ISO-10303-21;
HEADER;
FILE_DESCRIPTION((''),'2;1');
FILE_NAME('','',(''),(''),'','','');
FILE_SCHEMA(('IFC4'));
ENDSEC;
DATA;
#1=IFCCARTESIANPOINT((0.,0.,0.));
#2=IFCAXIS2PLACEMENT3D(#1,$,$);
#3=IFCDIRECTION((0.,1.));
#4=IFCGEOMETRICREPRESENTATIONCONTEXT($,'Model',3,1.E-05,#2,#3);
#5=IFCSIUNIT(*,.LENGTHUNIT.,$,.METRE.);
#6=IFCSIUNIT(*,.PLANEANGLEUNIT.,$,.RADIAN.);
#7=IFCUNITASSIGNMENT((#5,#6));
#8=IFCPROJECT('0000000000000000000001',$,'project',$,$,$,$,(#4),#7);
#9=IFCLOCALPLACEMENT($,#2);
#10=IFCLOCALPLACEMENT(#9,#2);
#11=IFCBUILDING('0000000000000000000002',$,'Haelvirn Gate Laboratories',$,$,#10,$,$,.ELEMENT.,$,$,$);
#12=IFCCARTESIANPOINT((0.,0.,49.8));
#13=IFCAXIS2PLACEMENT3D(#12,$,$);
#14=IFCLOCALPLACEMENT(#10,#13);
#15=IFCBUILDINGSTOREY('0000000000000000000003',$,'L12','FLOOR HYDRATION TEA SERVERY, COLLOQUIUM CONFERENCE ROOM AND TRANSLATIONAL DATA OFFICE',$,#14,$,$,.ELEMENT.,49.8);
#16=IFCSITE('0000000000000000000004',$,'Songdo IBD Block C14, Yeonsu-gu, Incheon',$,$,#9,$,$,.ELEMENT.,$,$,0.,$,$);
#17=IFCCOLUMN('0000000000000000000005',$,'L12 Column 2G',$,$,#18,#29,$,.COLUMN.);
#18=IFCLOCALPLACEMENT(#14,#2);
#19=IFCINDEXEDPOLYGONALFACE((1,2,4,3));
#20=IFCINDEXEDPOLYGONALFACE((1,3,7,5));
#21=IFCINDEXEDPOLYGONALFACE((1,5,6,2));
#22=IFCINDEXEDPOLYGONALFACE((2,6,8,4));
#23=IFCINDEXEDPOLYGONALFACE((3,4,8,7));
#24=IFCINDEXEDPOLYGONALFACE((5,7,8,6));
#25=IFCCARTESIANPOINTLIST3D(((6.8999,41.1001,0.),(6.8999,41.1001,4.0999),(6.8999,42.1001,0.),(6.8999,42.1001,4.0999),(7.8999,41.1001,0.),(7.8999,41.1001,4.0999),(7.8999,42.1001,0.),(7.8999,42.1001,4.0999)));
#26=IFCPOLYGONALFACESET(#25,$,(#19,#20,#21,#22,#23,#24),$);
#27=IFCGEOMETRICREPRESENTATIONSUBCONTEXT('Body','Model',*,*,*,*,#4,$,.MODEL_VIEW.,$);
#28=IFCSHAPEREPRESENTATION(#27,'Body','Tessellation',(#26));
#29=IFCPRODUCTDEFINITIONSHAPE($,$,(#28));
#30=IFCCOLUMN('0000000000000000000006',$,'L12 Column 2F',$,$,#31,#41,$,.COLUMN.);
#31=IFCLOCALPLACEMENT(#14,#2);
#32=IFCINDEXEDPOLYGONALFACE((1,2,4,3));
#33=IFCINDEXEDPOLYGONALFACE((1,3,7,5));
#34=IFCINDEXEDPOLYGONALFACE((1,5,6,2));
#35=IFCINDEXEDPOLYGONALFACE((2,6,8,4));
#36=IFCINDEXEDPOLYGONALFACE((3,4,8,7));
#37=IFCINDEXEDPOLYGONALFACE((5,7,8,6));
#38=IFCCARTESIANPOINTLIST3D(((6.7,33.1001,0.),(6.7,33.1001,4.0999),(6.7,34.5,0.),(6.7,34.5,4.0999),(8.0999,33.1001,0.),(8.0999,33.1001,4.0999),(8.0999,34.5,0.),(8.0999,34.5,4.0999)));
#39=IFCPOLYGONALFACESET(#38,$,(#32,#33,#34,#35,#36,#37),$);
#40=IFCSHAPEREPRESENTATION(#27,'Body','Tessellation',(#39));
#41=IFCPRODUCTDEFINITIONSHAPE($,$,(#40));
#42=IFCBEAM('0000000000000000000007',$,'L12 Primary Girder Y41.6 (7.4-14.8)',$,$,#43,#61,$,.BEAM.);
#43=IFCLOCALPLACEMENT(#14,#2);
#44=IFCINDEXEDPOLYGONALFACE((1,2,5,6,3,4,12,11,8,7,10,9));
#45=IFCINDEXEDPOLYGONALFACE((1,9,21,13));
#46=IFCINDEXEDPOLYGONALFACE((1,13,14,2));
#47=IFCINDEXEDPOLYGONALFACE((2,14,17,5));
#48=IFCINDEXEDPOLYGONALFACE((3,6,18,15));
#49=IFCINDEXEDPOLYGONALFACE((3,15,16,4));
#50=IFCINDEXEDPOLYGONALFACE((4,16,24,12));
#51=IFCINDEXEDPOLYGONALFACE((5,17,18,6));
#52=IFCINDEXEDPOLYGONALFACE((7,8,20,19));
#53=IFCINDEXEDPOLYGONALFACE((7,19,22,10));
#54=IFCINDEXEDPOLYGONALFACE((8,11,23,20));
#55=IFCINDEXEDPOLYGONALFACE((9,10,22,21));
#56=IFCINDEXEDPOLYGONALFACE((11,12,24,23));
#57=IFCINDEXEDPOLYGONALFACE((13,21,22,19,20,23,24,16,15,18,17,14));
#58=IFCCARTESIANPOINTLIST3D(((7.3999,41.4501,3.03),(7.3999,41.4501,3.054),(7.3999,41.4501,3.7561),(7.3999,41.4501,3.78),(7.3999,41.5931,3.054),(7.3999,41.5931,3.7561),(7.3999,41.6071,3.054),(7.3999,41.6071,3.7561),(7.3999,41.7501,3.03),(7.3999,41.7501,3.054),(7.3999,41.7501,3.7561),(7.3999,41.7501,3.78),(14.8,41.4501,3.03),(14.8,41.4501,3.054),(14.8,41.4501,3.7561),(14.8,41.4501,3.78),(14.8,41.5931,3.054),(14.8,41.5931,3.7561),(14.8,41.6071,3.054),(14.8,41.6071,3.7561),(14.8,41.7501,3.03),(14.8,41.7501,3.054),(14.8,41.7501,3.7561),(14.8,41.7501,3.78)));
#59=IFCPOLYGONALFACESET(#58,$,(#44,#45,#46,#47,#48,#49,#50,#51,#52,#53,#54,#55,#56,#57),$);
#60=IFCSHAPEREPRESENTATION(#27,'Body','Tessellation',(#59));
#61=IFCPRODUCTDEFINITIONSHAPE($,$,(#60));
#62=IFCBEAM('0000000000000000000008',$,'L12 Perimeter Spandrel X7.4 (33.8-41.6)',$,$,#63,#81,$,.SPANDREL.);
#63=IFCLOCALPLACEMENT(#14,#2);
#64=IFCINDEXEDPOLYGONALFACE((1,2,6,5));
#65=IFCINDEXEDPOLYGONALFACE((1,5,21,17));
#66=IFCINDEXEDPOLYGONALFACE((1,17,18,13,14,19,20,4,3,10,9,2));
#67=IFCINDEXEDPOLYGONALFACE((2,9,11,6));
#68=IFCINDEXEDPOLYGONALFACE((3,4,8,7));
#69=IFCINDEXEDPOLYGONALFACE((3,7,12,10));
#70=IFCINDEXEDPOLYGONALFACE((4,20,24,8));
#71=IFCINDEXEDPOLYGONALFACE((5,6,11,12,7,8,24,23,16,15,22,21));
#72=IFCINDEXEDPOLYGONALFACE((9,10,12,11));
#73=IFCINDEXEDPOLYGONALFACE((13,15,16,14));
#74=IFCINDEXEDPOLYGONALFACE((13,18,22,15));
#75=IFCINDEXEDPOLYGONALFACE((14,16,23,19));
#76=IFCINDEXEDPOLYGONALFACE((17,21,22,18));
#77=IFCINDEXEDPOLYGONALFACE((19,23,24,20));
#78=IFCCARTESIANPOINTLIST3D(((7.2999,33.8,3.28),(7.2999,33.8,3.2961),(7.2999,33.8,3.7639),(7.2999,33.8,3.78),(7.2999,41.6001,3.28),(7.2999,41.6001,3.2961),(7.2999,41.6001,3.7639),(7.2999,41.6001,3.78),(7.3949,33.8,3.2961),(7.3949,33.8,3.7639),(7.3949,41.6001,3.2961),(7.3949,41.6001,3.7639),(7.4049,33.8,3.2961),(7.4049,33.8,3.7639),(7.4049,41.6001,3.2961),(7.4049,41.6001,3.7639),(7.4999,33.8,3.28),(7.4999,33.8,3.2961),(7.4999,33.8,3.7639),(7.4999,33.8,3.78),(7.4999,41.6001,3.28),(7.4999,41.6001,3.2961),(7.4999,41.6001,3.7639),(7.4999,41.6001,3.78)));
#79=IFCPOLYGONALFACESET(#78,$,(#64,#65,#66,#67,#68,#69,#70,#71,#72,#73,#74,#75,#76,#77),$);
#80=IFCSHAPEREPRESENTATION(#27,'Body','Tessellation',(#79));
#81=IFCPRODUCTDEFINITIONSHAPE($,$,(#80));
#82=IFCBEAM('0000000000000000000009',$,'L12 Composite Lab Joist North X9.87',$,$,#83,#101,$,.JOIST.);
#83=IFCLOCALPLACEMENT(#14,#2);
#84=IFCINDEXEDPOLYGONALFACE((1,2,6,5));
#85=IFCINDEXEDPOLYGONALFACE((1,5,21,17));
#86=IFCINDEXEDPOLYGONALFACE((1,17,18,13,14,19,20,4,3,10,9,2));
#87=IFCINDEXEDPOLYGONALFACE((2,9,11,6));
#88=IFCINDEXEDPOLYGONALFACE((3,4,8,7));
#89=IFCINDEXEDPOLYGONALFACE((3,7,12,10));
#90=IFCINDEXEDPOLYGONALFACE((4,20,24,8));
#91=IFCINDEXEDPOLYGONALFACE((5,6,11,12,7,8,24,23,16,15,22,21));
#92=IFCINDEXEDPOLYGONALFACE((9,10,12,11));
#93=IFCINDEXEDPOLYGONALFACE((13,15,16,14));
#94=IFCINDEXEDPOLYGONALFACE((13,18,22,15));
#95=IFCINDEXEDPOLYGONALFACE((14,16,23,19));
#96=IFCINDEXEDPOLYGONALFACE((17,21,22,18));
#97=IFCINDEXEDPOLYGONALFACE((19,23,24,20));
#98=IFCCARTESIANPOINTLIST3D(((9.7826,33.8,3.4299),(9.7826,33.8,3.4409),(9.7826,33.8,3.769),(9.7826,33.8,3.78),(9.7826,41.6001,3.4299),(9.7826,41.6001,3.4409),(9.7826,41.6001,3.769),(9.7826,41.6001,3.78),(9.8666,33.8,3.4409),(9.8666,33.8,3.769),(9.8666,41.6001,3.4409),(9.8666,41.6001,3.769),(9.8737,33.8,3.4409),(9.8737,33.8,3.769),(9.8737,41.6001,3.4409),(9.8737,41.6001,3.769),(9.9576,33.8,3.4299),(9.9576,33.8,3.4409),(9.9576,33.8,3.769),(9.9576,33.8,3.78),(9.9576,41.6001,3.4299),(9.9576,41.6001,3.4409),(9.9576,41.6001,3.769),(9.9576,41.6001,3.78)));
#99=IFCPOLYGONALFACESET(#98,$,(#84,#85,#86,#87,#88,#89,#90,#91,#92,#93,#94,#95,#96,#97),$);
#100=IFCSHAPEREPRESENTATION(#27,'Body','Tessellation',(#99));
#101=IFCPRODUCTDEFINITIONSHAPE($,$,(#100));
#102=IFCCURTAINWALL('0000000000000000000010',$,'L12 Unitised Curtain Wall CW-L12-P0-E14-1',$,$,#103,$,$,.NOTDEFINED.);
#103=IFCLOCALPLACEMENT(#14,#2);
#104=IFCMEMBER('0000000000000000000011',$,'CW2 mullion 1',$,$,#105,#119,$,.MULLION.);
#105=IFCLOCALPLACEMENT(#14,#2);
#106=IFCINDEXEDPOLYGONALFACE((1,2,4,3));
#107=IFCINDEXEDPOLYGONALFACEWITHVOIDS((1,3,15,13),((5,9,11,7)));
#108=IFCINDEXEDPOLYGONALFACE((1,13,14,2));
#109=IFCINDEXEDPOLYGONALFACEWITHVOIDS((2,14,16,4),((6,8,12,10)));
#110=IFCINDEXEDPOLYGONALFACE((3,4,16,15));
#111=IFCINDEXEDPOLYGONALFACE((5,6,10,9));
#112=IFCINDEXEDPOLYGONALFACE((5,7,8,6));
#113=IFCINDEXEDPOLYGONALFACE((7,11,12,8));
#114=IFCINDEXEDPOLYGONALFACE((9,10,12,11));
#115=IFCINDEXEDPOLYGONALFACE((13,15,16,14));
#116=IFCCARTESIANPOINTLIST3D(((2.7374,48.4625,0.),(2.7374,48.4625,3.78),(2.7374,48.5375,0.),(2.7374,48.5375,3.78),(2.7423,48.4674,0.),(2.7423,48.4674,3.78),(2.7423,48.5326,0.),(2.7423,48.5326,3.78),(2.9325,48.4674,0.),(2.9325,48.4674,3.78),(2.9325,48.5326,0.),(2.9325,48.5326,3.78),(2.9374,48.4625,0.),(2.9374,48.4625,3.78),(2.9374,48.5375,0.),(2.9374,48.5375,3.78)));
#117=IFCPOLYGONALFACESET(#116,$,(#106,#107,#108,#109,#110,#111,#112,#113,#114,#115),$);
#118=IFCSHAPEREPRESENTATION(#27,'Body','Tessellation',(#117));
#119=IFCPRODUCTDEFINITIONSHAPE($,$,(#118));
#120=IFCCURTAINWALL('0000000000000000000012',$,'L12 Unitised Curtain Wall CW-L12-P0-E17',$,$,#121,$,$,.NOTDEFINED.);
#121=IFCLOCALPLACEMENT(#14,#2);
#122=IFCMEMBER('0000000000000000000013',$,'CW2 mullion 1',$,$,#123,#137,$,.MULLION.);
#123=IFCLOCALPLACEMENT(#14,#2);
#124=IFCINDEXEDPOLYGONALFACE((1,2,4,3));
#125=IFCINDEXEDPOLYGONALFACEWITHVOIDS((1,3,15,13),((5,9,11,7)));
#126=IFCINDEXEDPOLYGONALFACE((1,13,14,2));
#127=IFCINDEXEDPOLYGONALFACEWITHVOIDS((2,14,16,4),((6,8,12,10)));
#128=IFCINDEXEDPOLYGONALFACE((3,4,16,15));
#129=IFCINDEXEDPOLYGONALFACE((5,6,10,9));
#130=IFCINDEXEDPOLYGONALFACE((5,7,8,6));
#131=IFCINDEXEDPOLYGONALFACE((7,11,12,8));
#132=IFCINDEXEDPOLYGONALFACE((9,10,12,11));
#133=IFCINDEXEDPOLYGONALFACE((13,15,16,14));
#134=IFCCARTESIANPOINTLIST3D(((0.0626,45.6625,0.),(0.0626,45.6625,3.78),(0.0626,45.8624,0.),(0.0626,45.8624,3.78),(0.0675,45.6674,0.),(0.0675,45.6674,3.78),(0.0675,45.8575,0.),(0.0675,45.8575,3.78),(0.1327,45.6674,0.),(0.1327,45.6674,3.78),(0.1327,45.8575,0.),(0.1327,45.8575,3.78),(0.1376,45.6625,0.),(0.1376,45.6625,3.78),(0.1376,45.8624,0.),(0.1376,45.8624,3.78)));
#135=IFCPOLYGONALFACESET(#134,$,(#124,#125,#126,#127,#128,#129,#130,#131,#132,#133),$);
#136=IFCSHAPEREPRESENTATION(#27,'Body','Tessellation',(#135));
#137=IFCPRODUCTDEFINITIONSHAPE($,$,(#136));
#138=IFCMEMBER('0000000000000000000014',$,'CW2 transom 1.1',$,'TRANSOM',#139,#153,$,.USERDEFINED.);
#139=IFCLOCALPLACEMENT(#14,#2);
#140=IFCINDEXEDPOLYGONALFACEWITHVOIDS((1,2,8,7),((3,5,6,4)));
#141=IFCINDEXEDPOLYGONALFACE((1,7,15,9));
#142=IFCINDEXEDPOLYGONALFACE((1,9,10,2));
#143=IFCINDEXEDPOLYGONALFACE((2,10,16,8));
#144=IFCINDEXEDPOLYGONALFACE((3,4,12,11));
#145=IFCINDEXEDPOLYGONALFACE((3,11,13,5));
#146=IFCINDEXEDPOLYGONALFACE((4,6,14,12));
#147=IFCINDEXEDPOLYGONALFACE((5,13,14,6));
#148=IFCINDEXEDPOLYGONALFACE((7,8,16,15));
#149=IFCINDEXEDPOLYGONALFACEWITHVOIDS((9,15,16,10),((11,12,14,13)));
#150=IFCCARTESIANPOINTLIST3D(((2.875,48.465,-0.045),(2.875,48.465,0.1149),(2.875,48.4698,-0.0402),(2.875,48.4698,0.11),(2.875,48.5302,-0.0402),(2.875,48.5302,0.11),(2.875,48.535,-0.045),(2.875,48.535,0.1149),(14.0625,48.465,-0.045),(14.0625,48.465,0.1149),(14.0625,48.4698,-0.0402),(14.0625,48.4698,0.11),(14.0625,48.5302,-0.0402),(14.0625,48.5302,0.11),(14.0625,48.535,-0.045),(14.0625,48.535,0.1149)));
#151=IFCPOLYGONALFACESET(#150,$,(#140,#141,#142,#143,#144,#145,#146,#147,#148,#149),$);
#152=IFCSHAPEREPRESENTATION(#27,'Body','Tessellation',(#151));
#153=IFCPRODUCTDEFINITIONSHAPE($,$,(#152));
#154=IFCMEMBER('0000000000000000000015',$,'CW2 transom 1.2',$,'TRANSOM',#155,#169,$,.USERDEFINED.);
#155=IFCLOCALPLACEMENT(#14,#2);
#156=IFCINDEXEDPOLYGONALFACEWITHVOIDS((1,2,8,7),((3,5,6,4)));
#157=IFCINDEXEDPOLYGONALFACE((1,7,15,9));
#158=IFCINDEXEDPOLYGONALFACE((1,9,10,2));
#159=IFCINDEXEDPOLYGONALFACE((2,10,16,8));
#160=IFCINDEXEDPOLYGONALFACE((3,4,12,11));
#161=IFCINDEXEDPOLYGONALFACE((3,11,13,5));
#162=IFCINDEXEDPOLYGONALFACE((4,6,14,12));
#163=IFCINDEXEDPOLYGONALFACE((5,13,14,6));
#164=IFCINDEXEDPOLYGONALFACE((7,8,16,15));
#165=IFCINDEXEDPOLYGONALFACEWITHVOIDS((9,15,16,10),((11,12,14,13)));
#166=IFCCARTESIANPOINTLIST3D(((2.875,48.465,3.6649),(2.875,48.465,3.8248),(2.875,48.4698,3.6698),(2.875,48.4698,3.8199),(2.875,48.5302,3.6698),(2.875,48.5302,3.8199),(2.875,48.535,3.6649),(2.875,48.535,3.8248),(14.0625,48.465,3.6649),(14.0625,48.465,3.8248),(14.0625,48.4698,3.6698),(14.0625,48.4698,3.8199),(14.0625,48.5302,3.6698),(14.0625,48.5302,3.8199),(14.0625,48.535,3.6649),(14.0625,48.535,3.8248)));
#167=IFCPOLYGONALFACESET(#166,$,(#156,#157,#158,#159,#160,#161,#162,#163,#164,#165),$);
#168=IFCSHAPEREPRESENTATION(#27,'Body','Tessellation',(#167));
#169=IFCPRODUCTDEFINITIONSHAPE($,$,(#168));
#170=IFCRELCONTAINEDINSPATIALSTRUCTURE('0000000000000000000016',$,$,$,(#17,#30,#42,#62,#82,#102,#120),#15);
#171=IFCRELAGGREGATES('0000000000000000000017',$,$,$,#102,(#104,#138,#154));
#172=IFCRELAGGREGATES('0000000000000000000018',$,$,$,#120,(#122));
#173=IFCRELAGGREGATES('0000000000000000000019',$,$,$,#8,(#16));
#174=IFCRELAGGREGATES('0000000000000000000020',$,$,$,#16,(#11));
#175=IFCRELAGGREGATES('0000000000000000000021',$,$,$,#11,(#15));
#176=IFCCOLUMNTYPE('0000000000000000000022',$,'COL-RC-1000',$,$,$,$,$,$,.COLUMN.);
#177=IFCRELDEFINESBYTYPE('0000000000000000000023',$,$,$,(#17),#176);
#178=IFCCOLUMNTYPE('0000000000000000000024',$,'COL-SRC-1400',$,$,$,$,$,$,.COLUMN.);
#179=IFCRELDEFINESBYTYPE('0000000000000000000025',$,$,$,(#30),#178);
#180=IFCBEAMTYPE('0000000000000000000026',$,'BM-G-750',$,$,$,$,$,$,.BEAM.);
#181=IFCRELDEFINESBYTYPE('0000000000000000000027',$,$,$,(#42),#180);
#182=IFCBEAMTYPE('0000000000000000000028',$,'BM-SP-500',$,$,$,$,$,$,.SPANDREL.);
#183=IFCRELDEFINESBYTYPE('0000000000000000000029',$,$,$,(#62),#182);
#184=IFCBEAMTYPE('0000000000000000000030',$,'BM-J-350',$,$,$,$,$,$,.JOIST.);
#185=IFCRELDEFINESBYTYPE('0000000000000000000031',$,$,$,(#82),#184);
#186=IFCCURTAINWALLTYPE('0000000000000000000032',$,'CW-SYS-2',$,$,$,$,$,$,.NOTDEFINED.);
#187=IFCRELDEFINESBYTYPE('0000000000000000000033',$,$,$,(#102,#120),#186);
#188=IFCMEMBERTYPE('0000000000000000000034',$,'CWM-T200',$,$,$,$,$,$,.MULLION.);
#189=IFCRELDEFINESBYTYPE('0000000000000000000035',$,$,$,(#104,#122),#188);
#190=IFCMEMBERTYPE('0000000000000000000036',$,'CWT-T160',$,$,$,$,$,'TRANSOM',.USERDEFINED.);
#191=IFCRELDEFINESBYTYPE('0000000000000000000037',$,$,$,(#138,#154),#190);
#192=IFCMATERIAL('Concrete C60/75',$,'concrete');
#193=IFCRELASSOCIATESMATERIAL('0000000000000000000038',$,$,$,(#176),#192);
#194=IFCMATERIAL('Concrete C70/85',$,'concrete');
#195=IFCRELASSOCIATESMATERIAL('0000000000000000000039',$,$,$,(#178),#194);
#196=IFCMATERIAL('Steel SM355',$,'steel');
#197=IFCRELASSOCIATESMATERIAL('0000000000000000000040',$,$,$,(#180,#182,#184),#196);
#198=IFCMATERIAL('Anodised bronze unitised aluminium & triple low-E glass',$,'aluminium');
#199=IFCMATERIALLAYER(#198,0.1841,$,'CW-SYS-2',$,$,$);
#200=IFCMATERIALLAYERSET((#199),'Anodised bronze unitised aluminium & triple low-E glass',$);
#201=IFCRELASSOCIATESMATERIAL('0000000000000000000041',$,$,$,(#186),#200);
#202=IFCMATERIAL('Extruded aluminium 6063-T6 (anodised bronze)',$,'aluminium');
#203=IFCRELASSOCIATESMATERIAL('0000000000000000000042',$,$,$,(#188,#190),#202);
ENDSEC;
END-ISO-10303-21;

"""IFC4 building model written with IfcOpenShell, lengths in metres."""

from ifc_helpers import new_model, si_unit, direction, frame, origin, origin_2d, place, context, subcontext, project, spatial, rectangle, hollow_rectangle, i_section, extrude, source, transform, mapped, material, layer, layer_set, material_profile, profile_set, type_object, type_shapes, element, aggregate, save


model = new_model("IFC4")

# Units and contexts
model_context = context("Model", 3, precision=1e-05, world=origin(), true_north=direction((0.0, 1.0)))
body_context = subcontext(model_context, "Body", "Model", "MODEL_VIEW")
ifc_project = project(units=[si_unit("LENGTHUNIT", "METRE"), si_unit("PLANEANGLEUNIT", "RADIAN")], contexts=[model_context])

# Site, building, storey
site_placement = place(None, origin())
site = spatial("IfcSite", under=ifc_project, at=site_placement, Name="Songdo IBD Block C14, Yeonsu-gu, Incheon", CompositionType="ELEMENT", RefElevation=0.0)
building_placement = place(site_placement, origin())
building = spatial("IfcBuilding", under=site, at=building_placement, Name="Haelvirn Gate Laboratories", CompositionType="ELEMENT")
storey_placement = place(building_placement, frame((0.0, 0.0, 49.8)))
storey = spatial("IfcBuildingStorey", under=building, at=storey_placement, Name="L12", Description="FLOOR HYDRATION TEA SERVERY, COLLOQUIUM CONFERENCE ROOM AND TRANSLATIONAL DATA OFFICE", CompositionType="ELEMENT", Elevation=49.8)

# Columns
ifc_material_1 = material(Name="Concrete C60/75", Category="concrete")
ifc_material_profile_1 = material_profile(ifc_material_1, rectangle(XDim=1.0, YDim=1.0, at=origin_2d()), Name="RC-1000x1000")
ifc_profile_set_1 = profile_set([ifc_material_profile_1], Name="Concrete C60/75")
column_type_1 = type_object("IfcColumnType", Name="COL-RC-1000", PredefinedType="COLUMN", material=ifc_profile_set_1)
shared_shape_1 = source(origin(), body_context, "Body", "SweptSolid", [
    extrude(rectangle(XDim=1.0, YDim=1.0, at=origin_2d()), origin(), (0.0, 0.0, 1.0), 4.0999),
])
type_shapes(column_type_1, [shared_shape_1])
column_1_placement = place(storey_placement, frame((7.3999, 41.6001, 0.0), z_axis=(0.0, 0.0, 1.0), x_axis=(1.0, 0.0, 0.0)))
element("IfcColumn", 1, at=column_1_placement, inside=storey, type_object=column_type_1, Name="L12 Column 2G", PredefinedType="COLUMN", context=body_context, shape_type="MappedRepresentation", body=[
    mapped(shared_shape_1, transform((0.0, 0.0, 0.0), scale=1.0)),
])
ifc_material_2 = material(Name="Concrete C70/85", Category="concrete")
ifc_material_profile_2 = material_profile(ifc_material_2, rectangle(XDim=1.3999, YDim=1.3999, at=origin_2d()), Name="SRC-1400x1400")
ifc_profile_set_2 = profile_set([ifc_material_profile_2], Name="Concrete C70/85")
column_type_2 = type_object("IfcColumnType", Name="COL-SRC-1400", PredefinedType="COLUMN", material=ifc_profile_set_2)
shared_shape_2 = source(origin(), body_context, "Body", "SweptSolid", [
    extrude(rectangle(XDim=1.3999, YDim=1.3999, at=origin_2d()), origin(), (0.0, 0.0, 1.0), 4.0999),
])
type_shapes(column_type_2, [shared_shape_2])
column_2_placement = place(storey_placement, frame((7.3999, 33.8, 0.0), z_axis=(0.0, 0.0, 1.0), x_axis=(1.0, 0.0, 0.0)))
element("IfcColumn", 2, at=column_2_placement, inside=storey, type_object=column_type_2, Name="L12 Column 2F", PredefinedType="COLUMN", context=body_context, shape_type="MappedRepresentation", body=[
    mapped(shared_shape_2, transform((0.0, 0.0, 0.0), scale=1.0)),
])

# Beams
ifc_material_3 = material(Name="Steel SM355", Category="steel")
ifc_material_profile_3 = material_profile(ifc_material_3, i_section(OverallWidth=0.3, OverallDepth=0.75, WebThickness=0.0139, FlangeThickness=0.0239, at=origin_2d()), Name="H-750x300x14x24")
ifc_profile_set_3 = profile_set([ifc_material_profile_3], Name="Steel SM355")
beam_type_1 = type_object("IfcBeamType", Name="BM-G-750", PredefinedType="BEAM", material=ifc_profile_set_3)
shared_shape_3 = source(origin(), body_context, "Body", "SweptSolid", [
    extrude(i_section(OverallWidth=0.3, OverallDepth=0.75, WebThickness=0.0139, FlangeThickness=0.0239, at=origin_2d()), origin(), (0.0, 0.0, 1.0), 7.4001),
])
type_shapes(beam_type_1, [shared_shape_3])
beam_1_placement = place(storey_placement, frame((7.3999, 41.6001, 3.405), z_axis=(1.0, 0.0, 0.0), x_axis=(0.0, 1.0, 0.0)))
element("IfcBeam", 3, at=beam_1_placement, inside=storey, type_object=beam_type_1, Name="L12 Primary Girder Y41.6 (7.4-14.8)", PredefinedType="BEAM", context=body_context, shape_type="MappedRepresentation", body=[
    mapped(shared_shape_3, transform((0.0, 0.0, 0.0), scale=1.0)),
])
ifc_material_profile_4 = material_profile(ifc_material_3, i_section(OverallWidth=0.2, OverallDepth=0.5, WebThickness=0.01, FlangeThickness=0.0161, at=origin_2d()), Name="H-500x200x10x16")
ifc_profile_set_4 = profile_set([ifc_material_profile_4], Name="Steel SM355")
beam_type_2 = type_object("IfcBeamType", Name="BM-SP-500", PredefinedType="SPANDREL", material=ifc_profile_set_4)
shared_shape_4 = source(origin(), body_context, "Body", "SweptSolid", [
    extrude(i_section(OverallWidth=0.2, OverallDepth=0.5, WebThickness=0.01, FlangeThickness=0.0161, at=origin_2d()), origin(), (0.0, 0.0, 1.0), 7.8),
])
type_shapes(beam_type_2, [shared_shape_4])
beam_2_placement = place(storey_placement, frame((7.3999, 33.8, 3.53), z_axis=(0.0, 1.0, 0.0), x_axis=(-1.0, 0.0, 0.0)))
element("IfcBeam", 4, at=beam_2_placement, inside=storey, type_object=beam_type_2, Name="L12 Perimeter Spandrel X7.4 (33.8-41.6)", PredefinedType="SPANDREL", context=body_context, shape_type="MappedRepresentation", body=[
    mapped(shared_shape_4, transform((0.0, 0.0, 0.0), scale=1.0)),
])
ifc_material_profile_5 = material_profile(ifc_material_3, i_section(OverallWidth=0.175, OverallDepth=0.3501, WebThickness=0.0071, FlangeThickness=0.011, at=origin_2d()), Name="H-350x175x7x11")
ifc_profile_set_5 = profile_set([ifc_material_profile_5], Name="Steel SM355")
beam_type_3 = type_object("IfcBeamType", Name="BM-J-350", PredefinedType="JOIST", material=ifc_profile_set_5)
shared_shape_5 = source(origin(), body_context, "Body", "SweptSolid", [
    extrude(i_section(OverallWidth=0.175, OverallDepth=0.3501, WebThickness=0.0071, FlangeThickness=0.011, at=origin_2d()), origin(), (0.0, 0.0, 1.0), 7.8),
])
type_shapes(beam_type_3, [shared_shape_5])
beam_3_placement = place(storey_placement, frame((9.8701, 33.8, 3.605), z_axis=(0.0, 1.0, 0.0), x_axis=(-1.0, 0.0, 0.0)))
element("IfcBeam", 5, at=beam_3_placement, inside=storey, type_object=beam_type_3, Name="L12 Composite Lab Joist North X9.87", PredefinedType="JOIST", context=body_context, shape_type="MappedRepresentation", body=[
    mapped(shared_shape_5, transform((0.0, 0.0, 0.0), scale=1.0)),
])

# Curtain walls, members
ifc_material_4 = material(Name="Anodised bronze unitised aluminium & triple low-E glass", Category="aluminium")
ifc_layer_1 = layer(ifc_material_4, 0.1841, Name="CW-SYS-2")
ifc_layer_set_1 = layer_set([ifc_layer_1], Name="Anodised bronze unitised aluminium & triple low-E glass")
curtain_wall_type_1 = type_object("IfcCurtainWallType", Name="CW-SYS-2", PredefinedType="NOTDEFINED", material=ifc_layer_set_1)
curtain_wall_1_placement = place(storey_placement, origin())
curtain_wall_1 = element("IfcCurtainWall", 6, at=curtain_wall_1_placement, inside=storey, type_object=curtain_wall_type_1, Name="L12 Unitised Curtain Wall CW-L12-P0-E14-1", PredefinedType="NOTDEFINED")
ifc_material_5 = material(Name="Extruded aluminium 6063-T6 (anodised bronze)", Category="aluminium")
ifc_material_profile_6 = material_profile(ifc_material_5, hollow_rectangle(XDim=0.075, YDim=0.2, WallThickness=0.0049, at=origin_2d()), Name="CWM-200x75x5")
ifc_profile_set_6 = profile_set([ifc_material_profile_6], Name="Extruded aluminium 6063-T6 (anodised bronze)")
member_type_1 = type_object("IfcMemberType", Name="CWM-T200", PredefinedType="MULLION", material=ifc_profile_set_6)
shared_shape_6 = source(origin(), body_context, "Body", "SweptSolid", [
    extrude(hollow_rectangle(XDim=0.075, YDim=0.2, WallThickness=0.0049, at=origin_2d()), origin(), (0.0, 0.0, 1.0), 3.78),
])
type_shapes(member_type_1, [shared_shape_6])
member_1_placement = place(storey_placement, frame((2.8374, 48.5, 0.0), z_axis=(0.0, 0.0, 1.0), x_axis=(0.0, 1.0, 0.0)))
member_1 = element("IfcMember", 7, at=member_1_placement, type_object=member_type_1, Name="CW2 mullion 1", PredefinedType="MULLION", context=body_context, shape_type="MappedRepresentation", body=[
    mapped(shared_shape_6, transform((0.0, 0.0, 0.0), scale=1.0)),
])
curtain_wall_2_placement = place(storey_placement, origin())
curtain_wall_2 = element("IfcCurtainWall", 8, at=curtain_wall_2_placement, inside=storey, type_object=curtain_wall_type_1, Name="L12 Unitised Curtain Wall CW-L12-P0-E17", PredefinedType="NOTDEFINED")
member_2_placement = place(storey_placement, frame((0.1001, 45.7625, 0.0), z_axis=(0.0, 0.0, 1.0), x_axis=(1.0, 0.0, 0.0)))
member_2 = element("IfcMember", 9, at=member_2_placement, type_object=member_type_1, Name="CW2 mullion 1", PredefinedType="MULLION", context=body_context, shape_type="MappedRepresentation", body=[
    mapped(shared_shape_6, transform((0.0, 0.0, 0.0), scale=1.0)),
])

# Members
ifc_material_profile_7 = material_profile(ifc_material_5, hollow_rectangle(XDim=0.0701, YDim=0.1599, WallThickness=0.0049, at=origin_2d()), Name="CWT-160x70x5")
ifc_profile_set_7 = profile_set([ifc_material_profile_7], Name="Extruded aluminium 6063-T6 (anodised bronze)")
member_type_2 = type_object("IfcMemberType", Name="CWT-T160", ElementType="TRANSOM", PredefinedType="USERDEFINED", material=ifc_profile_set_7)
shared_shape_7 = source(origin(), body_context, "Body", "SweptSolid", [
    extrude(hollow_rectangle(XDim=0.0701, YDim=0.1599, WallThickness=0.0049, at=origin_2d()), origin(), (0.0, 0.0, 1.0), 11.1875),
])
member_3_placement = place(storey_placement, frame((2.875, 48.5, 0.0349), z_axis=(1.0, 0.0, 0.0), x_axis=(0.0, 1.0, 0.0)))
member_3 = element("IfcMember", 10, at=member_3_placement, type_object=member_type_2, Name="CW2 transom 1.1", ObjectType="TRANSOM", PredefinedType="USERDEFINED", context=body_context, shape_type="MappedRepresentation", body=[
    mapped(shared_shape_7, transform((0.0, 0.0, 0.0), scale=1.0)),
])
member_4_placement = place(storey_placement, frame((2.875, 48.5, 3.7449), z_axis=(1.0, 0.0, 0.0), x_axis=(0.0, 1.0, 0.0)))
member_4 = element("IfcMember", 11, at=member_4_placement, type_object=member_type_2, Name="CW2 transom 1.2", ObjectType="TRANSOM", PredefinedType="USERDEFINED", context=body_context, shape_type="MappedRepresentation", body=[
    mapped(shared_shape_7, transform((0.0, 0.0, 0.0), scale=1.0)),
])

aggregate(curtain_wall_1, [member_1, member_3, member_4])
aggregate(curtain_wall_2, [member_2])

save(model, "model.ifc")
